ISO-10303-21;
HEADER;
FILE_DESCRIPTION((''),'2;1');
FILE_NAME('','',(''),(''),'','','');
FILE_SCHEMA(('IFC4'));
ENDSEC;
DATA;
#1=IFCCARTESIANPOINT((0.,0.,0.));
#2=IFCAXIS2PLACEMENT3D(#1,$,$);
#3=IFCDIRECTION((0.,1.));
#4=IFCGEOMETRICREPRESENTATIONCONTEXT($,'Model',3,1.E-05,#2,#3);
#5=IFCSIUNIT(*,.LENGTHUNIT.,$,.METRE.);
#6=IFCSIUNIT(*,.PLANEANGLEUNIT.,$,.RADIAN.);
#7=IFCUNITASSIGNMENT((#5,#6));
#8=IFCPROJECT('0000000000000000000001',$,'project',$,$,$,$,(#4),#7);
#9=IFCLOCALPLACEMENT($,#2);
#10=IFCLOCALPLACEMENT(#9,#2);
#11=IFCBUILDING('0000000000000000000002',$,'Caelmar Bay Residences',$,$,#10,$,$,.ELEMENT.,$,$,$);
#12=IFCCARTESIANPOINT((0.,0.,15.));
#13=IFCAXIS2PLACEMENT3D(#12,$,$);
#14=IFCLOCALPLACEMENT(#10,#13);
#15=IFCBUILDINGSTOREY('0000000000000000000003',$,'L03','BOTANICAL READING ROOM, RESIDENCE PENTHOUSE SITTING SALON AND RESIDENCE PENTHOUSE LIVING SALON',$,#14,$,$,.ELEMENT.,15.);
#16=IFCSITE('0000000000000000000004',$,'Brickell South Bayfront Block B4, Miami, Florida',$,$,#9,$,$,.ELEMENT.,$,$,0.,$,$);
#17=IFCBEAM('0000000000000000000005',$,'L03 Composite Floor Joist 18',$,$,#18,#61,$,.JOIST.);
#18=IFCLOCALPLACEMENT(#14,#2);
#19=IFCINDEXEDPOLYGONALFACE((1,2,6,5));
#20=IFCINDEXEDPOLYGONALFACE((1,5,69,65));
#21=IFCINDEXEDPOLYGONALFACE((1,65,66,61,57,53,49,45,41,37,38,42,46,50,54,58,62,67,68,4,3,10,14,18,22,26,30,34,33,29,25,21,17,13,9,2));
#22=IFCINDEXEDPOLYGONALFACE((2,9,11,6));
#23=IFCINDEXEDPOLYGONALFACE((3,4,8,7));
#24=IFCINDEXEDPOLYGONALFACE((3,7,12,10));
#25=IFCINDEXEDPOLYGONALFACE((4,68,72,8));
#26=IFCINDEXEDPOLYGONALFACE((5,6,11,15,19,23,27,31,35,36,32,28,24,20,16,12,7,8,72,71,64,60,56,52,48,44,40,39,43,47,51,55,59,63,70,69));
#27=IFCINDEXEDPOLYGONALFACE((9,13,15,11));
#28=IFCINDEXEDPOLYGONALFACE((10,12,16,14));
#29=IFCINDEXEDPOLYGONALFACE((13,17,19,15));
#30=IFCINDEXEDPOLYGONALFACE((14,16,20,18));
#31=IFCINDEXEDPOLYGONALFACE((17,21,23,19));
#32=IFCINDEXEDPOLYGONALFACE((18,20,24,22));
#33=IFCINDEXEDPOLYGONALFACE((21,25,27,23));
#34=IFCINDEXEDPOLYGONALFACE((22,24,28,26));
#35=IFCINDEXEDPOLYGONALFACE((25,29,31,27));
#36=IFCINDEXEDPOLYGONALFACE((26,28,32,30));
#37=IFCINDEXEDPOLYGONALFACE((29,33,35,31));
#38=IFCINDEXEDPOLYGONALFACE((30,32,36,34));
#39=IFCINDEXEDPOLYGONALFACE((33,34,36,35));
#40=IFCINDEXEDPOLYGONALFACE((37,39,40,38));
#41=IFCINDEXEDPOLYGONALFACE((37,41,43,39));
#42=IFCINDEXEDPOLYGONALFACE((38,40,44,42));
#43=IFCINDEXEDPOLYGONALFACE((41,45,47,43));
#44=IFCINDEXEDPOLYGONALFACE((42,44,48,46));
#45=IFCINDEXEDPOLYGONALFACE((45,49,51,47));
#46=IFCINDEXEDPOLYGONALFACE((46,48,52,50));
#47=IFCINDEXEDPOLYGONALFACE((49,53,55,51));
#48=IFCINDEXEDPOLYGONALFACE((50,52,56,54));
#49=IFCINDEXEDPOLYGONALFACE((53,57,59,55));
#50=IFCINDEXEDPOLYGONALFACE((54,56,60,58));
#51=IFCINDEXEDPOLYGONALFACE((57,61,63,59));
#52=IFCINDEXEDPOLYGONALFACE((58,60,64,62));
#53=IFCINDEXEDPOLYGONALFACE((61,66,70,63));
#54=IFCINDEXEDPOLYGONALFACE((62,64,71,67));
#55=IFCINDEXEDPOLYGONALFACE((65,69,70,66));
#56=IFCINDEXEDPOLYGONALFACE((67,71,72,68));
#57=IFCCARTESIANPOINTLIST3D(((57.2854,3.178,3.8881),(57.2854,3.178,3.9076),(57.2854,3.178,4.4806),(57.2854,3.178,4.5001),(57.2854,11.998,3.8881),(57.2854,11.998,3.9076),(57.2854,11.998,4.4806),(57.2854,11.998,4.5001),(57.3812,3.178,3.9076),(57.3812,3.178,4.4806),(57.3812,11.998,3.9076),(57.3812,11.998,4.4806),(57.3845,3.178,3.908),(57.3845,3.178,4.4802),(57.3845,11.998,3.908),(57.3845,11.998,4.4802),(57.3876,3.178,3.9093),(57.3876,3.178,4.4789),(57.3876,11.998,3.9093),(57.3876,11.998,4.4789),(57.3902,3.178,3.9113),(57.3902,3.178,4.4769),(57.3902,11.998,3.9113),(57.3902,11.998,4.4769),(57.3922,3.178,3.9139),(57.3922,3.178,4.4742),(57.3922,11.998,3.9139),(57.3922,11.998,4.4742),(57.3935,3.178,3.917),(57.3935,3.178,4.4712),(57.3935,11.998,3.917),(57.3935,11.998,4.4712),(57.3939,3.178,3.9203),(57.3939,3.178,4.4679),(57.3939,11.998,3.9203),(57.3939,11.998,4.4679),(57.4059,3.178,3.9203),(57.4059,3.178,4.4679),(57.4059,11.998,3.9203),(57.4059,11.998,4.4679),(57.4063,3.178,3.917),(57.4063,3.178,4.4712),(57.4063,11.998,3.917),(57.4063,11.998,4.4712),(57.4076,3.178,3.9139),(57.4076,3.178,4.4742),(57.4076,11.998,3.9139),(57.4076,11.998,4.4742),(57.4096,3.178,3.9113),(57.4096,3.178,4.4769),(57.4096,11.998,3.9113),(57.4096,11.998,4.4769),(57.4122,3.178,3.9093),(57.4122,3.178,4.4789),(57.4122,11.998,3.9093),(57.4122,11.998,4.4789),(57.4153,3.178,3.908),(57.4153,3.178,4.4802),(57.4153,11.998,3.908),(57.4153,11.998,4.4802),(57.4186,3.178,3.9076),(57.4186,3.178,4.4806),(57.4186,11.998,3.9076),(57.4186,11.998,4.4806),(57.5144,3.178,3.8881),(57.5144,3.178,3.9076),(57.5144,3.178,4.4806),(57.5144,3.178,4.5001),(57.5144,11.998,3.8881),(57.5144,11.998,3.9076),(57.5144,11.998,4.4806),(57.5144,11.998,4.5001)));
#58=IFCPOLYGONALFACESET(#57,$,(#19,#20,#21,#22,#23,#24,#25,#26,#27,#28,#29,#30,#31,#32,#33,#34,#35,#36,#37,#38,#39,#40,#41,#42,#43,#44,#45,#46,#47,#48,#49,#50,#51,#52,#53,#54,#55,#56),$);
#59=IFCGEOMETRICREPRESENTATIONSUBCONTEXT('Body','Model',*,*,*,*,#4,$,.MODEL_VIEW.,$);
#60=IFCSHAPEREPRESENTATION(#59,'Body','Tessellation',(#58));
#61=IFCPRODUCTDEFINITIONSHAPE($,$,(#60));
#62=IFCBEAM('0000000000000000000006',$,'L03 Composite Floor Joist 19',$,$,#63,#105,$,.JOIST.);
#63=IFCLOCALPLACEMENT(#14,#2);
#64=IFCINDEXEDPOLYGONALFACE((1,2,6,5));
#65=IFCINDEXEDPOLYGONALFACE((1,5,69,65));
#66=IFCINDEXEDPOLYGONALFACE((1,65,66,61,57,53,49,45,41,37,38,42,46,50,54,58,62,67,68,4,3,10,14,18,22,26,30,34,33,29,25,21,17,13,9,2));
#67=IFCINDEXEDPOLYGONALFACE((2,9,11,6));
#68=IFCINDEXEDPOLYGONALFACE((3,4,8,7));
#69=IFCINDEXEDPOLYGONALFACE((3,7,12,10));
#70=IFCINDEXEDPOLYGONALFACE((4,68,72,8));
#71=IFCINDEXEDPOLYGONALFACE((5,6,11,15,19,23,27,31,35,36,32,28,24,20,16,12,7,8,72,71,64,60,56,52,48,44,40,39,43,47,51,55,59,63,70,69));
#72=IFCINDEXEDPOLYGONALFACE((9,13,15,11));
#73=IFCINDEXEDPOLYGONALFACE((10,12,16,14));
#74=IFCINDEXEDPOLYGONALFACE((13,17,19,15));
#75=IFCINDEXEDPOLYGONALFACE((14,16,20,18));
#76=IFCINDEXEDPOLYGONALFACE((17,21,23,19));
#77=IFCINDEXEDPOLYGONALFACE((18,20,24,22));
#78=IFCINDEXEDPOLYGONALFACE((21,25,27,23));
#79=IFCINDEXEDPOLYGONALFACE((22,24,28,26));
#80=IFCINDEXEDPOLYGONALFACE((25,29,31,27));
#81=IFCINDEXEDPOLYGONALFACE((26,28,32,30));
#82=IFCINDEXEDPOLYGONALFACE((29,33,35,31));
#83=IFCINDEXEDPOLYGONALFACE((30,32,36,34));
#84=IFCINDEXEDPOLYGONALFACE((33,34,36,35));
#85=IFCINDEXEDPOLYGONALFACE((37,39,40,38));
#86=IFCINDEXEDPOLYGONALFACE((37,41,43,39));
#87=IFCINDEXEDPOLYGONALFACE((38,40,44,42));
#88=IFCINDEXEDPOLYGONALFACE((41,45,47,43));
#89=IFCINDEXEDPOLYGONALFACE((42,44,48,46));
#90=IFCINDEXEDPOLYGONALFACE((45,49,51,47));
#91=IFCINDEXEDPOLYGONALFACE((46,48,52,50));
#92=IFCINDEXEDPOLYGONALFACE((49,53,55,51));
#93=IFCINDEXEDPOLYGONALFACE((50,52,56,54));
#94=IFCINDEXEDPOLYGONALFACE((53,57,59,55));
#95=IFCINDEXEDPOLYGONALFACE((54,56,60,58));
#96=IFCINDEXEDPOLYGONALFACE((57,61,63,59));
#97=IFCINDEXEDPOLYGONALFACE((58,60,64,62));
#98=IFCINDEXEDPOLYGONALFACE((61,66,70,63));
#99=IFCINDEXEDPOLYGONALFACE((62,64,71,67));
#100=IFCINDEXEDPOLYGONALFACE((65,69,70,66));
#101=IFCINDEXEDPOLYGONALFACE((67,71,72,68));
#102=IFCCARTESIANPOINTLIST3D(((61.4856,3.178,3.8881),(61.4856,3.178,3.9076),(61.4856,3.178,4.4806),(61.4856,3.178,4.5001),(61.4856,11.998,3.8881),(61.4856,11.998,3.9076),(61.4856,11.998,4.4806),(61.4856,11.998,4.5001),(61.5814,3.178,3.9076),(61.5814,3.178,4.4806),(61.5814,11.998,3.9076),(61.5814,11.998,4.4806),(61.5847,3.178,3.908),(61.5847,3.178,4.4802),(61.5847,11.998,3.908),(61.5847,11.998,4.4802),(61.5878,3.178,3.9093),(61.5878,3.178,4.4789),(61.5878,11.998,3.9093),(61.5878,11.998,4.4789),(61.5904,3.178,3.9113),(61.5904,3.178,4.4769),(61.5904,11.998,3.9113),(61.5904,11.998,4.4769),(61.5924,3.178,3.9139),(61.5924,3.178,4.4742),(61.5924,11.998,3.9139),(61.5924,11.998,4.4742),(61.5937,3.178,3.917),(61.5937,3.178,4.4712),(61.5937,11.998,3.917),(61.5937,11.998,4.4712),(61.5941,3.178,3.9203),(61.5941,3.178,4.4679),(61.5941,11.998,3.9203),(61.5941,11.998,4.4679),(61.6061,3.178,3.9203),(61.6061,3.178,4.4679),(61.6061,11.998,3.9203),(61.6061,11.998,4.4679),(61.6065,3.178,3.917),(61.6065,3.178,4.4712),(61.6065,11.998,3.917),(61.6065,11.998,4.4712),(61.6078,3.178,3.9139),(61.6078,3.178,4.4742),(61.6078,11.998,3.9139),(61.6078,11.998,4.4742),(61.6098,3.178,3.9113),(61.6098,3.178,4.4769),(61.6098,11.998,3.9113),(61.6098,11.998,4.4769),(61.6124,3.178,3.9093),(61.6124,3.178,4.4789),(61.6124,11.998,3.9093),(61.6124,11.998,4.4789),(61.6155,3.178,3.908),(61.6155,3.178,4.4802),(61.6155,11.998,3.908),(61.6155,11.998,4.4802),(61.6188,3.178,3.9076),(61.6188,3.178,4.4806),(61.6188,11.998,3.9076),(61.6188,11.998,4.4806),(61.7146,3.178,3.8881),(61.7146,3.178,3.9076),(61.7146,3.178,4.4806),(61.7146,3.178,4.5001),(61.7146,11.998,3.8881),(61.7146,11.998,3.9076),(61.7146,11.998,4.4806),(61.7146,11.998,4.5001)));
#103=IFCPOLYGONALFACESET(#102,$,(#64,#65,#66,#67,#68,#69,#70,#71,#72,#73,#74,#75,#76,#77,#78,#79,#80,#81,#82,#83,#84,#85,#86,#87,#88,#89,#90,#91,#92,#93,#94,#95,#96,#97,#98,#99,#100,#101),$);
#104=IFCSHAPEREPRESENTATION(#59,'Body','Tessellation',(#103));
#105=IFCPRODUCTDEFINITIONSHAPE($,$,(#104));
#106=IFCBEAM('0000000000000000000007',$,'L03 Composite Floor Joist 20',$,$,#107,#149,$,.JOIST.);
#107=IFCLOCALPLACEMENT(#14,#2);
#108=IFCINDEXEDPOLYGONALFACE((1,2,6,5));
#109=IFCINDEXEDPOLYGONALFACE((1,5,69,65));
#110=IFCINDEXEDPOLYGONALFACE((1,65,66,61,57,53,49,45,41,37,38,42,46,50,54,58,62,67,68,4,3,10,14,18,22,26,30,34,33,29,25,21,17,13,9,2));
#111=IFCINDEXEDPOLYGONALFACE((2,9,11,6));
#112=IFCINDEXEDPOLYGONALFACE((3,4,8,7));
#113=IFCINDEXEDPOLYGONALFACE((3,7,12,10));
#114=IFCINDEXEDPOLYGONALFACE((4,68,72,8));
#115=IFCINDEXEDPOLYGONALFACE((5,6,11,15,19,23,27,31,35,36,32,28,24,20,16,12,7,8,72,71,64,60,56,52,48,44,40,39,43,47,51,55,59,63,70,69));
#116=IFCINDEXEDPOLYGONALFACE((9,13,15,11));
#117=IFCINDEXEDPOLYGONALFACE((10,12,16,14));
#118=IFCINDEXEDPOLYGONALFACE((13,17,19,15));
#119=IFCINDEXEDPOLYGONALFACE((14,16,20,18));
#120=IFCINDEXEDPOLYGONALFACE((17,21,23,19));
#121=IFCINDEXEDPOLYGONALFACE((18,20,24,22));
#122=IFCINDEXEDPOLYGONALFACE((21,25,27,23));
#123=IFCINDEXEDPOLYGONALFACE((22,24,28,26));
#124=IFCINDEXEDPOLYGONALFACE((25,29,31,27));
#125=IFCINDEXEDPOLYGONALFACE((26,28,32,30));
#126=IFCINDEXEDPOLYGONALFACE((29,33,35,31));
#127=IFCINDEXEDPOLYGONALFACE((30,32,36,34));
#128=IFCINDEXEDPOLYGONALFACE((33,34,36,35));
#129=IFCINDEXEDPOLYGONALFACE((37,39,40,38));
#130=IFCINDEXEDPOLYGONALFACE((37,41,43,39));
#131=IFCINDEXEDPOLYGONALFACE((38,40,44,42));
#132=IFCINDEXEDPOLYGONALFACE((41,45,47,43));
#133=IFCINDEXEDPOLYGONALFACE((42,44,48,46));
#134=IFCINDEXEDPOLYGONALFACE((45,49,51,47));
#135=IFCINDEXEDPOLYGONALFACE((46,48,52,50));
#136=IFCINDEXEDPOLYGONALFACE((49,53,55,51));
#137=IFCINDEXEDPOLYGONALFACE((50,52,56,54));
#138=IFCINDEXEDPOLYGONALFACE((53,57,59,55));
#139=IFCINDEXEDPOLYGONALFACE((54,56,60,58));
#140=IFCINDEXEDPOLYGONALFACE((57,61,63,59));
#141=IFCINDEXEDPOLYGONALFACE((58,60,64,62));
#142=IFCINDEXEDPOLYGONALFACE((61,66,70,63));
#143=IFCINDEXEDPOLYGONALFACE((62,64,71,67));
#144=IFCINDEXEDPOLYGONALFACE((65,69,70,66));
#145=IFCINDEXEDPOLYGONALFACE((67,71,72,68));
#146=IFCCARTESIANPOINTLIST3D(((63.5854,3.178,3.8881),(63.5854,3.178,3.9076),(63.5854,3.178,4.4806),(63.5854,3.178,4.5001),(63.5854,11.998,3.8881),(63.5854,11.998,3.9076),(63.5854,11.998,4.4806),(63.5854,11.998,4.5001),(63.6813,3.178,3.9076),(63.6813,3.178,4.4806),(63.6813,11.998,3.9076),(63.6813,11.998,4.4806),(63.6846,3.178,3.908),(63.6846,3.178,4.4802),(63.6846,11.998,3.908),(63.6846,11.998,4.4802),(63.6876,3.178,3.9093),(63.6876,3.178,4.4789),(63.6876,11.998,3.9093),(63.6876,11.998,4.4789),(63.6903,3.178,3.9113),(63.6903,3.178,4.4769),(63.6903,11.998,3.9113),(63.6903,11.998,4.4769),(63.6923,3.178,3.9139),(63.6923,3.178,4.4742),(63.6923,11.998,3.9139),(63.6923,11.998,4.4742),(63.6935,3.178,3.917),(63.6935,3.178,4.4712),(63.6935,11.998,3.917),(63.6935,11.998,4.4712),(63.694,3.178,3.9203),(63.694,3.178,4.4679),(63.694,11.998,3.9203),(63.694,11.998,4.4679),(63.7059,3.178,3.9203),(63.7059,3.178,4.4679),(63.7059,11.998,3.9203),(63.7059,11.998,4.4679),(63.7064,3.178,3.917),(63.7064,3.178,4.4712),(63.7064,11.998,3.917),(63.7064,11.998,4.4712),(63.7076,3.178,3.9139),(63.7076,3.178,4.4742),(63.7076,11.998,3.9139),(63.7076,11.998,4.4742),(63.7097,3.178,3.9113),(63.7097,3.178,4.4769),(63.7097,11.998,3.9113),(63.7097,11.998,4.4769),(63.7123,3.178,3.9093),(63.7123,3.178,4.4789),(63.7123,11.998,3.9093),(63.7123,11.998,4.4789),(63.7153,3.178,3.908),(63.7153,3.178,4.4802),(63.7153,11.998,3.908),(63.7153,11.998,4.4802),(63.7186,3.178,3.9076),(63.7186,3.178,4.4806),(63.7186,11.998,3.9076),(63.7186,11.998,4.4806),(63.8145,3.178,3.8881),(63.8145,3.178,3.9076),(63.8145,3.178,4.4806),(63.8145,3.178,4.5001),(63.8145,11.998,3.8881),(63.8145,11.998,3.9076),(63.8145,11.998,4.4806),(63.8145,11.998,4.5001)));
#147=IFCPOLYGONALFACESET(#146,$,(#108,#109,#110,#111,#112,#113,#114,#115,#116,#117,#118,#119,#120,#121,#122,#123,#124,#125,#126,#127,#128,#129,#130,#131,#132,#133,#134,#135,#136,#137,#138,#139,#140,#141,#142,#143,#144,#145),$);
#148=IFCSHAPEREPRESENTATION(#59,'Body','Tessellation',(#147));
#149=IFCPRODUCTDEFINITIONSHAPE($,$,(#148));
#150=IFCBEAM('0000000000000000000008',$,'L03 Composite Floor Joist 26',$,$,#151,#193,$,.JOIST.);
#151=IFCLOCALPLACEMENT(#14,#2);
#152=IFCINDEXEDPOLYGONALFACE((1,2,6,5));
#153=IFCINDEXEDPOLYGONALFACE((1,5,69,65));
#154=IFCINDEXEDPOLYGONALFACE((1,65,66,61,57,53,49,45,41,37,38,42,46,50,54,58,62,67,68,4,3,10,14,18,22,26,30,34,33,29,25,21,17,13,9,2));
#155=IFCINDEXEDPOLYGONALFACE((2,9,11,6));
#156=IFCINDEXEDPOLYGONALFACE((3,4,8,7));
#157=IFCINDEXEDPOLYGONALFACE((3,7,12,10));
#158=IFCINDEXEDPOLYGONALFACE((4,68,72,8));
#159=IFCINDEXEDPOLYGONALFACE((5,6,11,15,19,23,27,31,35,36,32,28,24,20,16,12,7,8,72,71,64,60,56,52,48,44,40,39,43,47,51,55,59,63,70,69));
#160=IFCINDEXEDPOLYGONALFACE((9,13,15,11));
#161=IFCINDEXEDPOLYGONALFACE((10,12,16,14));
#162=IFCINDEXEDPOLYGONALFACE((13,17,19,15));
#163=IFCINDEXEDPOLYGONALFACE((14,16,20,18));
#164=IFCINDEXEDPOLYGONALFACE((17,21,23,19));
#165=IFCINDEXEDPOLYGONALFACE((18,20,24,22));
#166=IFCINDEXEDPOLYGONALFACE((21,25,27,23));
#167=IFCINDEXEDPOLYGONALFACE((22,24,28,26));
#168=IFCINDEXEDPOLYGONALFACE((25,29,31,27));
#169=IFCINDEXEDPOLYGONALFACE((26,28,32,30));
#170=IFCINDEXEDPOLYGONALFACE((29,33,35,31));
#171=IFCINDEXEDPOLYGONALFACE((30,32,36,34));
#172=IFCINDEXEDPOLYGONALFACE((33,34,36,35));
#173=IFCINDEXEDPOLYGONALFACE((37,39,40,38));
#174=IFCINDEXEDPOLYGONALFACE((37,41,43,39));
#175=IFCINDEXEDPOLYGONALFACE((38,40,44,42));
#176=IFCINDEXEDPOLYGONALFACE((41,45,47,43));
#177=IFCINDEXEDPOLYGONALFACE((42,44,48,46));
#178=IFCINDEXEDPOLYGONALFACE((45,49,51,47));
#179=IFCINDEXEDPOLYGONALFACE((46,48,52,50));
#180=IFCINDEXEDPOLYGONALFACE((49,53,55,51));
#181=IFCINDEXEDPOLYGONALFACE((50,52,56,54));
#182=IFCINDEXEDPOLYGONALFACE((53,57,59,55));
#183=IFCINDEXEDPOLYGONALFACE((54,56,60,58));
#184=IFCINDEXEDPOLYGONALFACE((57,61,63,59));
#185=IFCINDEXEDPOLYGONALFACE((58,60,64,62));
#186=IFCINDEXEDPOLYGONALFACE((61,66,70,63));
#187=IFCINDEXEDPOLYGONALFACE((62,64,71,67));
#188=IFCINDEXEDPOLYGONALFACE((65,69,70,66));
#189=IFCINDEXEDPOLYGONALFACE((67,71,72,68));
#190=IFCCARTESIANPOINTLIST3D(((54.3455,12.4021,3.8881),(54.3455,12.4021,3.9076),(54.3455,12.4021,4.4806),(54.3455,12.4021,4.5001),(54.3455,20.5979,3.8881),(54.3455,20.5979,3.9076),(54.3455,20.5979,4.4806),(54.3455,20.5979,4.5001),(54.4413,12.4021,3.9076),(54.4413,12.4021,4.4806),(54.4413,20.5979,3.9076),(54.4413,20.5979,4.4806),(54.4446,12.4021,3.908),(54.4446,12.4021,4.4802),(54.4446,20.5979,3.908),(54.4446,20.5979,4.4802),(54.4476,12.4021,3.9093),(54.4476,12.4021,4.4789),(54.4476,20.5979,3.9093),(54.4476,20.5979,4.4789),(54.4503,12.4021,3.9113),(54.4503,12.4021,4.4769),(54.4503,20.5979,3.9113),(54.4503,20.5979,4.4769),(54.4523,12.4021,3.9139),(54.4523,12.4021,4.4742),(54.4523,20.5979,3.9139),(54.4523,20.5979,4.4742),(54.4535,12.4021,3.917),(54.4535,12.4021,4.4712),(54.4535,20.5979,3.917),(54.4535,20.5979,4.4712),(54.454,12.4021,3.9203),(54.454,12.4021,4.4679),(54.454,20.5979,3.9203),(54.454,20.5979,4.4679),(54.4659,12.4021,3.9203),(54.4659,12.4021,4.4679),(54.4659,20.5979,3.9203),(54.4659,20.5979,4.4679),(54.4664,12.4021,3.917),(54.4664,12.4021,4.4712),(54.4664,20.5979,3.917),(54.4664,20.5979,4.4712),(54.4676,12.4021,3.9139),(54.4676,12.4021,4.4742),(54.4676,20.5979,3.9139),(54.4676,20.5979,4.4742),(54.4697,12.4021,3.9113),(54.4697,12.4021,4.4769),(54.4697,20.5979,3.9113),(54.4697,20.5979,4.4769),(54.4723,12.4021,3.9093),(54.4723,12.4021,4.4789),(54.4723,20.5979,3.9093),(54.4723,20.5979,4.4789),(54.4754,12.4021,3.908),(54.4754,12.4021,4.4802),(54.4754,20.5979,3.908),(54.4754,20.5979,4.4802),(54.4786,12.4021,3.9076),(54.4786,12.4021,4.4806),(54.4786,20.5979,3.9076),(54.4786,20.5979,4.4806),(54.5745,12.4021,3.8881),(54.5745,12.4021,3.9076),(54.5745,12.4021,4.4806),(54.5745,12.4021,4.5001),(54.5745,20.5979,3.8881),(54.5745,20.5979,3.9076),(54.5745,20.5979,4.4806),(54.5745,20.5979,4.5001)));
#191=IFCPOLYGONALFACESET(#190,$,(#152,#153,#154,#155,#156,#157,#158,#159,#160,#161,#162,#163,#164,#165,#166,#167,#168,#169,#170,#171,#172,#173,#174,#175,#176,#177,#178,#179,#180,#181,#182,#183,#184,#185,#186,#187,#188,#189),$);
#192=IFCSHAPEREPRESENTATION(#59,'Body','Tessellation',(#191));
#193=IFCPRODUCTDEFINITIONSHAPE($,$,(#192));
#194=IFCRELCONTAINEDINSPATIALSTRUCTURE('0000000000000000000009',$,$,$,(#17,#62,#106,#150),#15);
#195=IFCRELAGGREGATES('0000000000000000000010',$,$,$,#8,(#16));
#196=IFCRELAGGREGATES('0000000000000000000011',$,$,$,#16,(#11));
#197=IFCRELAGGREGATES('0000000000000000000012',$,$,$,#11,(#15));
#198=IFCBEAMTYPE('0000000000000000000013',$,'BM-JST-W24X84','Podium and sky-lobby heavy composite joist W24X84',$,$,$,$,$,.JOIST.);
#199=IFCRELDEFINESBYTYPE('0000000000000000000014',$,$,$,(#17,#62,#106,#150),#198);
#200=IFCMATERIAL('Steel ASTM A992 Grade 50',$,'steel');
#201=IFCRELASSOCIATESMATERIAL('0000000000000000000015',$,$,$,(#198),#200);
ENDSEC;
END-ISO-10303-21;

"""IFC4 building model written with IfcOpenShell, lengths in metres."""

from ifc_helpers import new_model, si_unit, direction, frame, origin, origin_2d, place, context, subcontext, project, spatial, i_section, extrude, material, material_profile, profile_set, type_object, element, save


model = new_model("IFC4")

# Units and contexts
model_context = context("Model", 3, precision=1e-05, world=origin(), true_north=direction((0.0, 1.0)))
body_context = subcontext(model_context, "Body", "Model", "MODEL_VIEW")
ifc_project = project(units=[si_unit("LENGTHUNIT", "METRE"), si_unit("PLANEANGLEUNIT", "RADIAN")], contexts=[model_context])

# Site, building, storey
site_placement = place(None, origin())
site = spatial("IfcSite", under=ifc_project, at=site_placement, Name="Brickell South Bayfront Block B4, Miami, Florida", CompositionType="ELEMENT", RefElevation=0.0)
building_placement = place(site_placement, origin())
building = spatial("IfcBuilding", under=site, at=building_placement, Name="Caelmar Bay Residences", CompositionType="ELEMENT")
storey_placement = place(building_placement, frame((0.0, 0.0, 15.0)))
storey = spatial("IfcBuildingStorey", under=building, at=storey_placement, Name="L03", Description="BOTANICAL READING ROOM, RESIDENCE PENTHOUSE SITTING SALON AND RESIDENCE PENTHOUSE LIVING SALON", CompositionType="ELEMENT", Elevation=15.0)

# Beams
ifc_material_1 = material(Name="Steel ASTM A992 Grade 50", Category="steel")
ifc_material_profile_1 = material_profile(ifc_material_1, i_section(OverallWidth=0.229, OverallDepth=0.6121, WebThickness=0.012, FlangeThickness=0.0195, FilletRadius=0.0127, at=origin_2d()), Name="W24X84")
ifc_profile_set_1 = profile_set([ifc_material_profile_1], Name="Steel ASTM A992 Grade 50")
beam_type_1 = type_object("IfcBeamType", Name="BM-JST-W24X84", Description="Podium and sky-lobby heavy composite joist W24X84", PredefinedType="JOIST", material=ifc_profile_set_1)
for number, where, z_axis, x_axis, name in (
    (1, (57.3999, 3.178, 4.1941), (0.0, 1.0, 0.0), (-1.0, 0.0, 0.0), "L03 Composite Floor Joist 18"),
    (2, (61.6001, 3.178, 4.1941), (0.0, 1.0, 0.0), (-1.0, 0.0, 0.0), "L03 Composite Floor Joist 19"),
    (3, (63.7, 3.178, 4.1941), (0.0, 1.0, 0.0), (-1.0, 0.0, 0.0), "L03 Composite Floor Joist 20"),
):
    element("IfcBeam", number, at=place(storey_placement, frame(where, z_axis=z_axis, x_axis=x_axis)), inside=storey, type_object=beam_type_1, Name=name, PredefinedType="JOIST", context=body_context, shape_type="SweptSolid", body=[
        extrude(i_section(OverallWidth=0.229, OverallDepth=0.6121, WebThickness=0.012, FlangeThickness=0.0195, FilletRadius=0.0127, at=origin_2d()), origin(), (0.0, 0.0, 1.0), 8.8201),
    ])
for number, where, z_axis, x_axis, name in (
    (4, (54.46, 12.4021, 4.1941), (0.0, 1.0, 0.0), (-1.0, 0.0, 0.0), "L03 Composite Floor Joist 26"),
):
    element("IfcBeam", number, at=place(storey_placement, frame(where, z_axis=z_axis, x_axis=x_axis)), inside=storey, type_object=beam_type_1, Name=name, PredefinedType="JOIST", context=body_context, shape_type="SweptSolid", body=[
        extrude(i_section(OverallWidth=0.229, OverallDepth=0.6121, WebThickness=0.012, FlangeThickness=0.0195, FilletRadius=0.0127, at=origin_2d()), origin(), (0.0, 0.0, 1.0), 8.1958),
    ])

save(model, "model.ifc")
